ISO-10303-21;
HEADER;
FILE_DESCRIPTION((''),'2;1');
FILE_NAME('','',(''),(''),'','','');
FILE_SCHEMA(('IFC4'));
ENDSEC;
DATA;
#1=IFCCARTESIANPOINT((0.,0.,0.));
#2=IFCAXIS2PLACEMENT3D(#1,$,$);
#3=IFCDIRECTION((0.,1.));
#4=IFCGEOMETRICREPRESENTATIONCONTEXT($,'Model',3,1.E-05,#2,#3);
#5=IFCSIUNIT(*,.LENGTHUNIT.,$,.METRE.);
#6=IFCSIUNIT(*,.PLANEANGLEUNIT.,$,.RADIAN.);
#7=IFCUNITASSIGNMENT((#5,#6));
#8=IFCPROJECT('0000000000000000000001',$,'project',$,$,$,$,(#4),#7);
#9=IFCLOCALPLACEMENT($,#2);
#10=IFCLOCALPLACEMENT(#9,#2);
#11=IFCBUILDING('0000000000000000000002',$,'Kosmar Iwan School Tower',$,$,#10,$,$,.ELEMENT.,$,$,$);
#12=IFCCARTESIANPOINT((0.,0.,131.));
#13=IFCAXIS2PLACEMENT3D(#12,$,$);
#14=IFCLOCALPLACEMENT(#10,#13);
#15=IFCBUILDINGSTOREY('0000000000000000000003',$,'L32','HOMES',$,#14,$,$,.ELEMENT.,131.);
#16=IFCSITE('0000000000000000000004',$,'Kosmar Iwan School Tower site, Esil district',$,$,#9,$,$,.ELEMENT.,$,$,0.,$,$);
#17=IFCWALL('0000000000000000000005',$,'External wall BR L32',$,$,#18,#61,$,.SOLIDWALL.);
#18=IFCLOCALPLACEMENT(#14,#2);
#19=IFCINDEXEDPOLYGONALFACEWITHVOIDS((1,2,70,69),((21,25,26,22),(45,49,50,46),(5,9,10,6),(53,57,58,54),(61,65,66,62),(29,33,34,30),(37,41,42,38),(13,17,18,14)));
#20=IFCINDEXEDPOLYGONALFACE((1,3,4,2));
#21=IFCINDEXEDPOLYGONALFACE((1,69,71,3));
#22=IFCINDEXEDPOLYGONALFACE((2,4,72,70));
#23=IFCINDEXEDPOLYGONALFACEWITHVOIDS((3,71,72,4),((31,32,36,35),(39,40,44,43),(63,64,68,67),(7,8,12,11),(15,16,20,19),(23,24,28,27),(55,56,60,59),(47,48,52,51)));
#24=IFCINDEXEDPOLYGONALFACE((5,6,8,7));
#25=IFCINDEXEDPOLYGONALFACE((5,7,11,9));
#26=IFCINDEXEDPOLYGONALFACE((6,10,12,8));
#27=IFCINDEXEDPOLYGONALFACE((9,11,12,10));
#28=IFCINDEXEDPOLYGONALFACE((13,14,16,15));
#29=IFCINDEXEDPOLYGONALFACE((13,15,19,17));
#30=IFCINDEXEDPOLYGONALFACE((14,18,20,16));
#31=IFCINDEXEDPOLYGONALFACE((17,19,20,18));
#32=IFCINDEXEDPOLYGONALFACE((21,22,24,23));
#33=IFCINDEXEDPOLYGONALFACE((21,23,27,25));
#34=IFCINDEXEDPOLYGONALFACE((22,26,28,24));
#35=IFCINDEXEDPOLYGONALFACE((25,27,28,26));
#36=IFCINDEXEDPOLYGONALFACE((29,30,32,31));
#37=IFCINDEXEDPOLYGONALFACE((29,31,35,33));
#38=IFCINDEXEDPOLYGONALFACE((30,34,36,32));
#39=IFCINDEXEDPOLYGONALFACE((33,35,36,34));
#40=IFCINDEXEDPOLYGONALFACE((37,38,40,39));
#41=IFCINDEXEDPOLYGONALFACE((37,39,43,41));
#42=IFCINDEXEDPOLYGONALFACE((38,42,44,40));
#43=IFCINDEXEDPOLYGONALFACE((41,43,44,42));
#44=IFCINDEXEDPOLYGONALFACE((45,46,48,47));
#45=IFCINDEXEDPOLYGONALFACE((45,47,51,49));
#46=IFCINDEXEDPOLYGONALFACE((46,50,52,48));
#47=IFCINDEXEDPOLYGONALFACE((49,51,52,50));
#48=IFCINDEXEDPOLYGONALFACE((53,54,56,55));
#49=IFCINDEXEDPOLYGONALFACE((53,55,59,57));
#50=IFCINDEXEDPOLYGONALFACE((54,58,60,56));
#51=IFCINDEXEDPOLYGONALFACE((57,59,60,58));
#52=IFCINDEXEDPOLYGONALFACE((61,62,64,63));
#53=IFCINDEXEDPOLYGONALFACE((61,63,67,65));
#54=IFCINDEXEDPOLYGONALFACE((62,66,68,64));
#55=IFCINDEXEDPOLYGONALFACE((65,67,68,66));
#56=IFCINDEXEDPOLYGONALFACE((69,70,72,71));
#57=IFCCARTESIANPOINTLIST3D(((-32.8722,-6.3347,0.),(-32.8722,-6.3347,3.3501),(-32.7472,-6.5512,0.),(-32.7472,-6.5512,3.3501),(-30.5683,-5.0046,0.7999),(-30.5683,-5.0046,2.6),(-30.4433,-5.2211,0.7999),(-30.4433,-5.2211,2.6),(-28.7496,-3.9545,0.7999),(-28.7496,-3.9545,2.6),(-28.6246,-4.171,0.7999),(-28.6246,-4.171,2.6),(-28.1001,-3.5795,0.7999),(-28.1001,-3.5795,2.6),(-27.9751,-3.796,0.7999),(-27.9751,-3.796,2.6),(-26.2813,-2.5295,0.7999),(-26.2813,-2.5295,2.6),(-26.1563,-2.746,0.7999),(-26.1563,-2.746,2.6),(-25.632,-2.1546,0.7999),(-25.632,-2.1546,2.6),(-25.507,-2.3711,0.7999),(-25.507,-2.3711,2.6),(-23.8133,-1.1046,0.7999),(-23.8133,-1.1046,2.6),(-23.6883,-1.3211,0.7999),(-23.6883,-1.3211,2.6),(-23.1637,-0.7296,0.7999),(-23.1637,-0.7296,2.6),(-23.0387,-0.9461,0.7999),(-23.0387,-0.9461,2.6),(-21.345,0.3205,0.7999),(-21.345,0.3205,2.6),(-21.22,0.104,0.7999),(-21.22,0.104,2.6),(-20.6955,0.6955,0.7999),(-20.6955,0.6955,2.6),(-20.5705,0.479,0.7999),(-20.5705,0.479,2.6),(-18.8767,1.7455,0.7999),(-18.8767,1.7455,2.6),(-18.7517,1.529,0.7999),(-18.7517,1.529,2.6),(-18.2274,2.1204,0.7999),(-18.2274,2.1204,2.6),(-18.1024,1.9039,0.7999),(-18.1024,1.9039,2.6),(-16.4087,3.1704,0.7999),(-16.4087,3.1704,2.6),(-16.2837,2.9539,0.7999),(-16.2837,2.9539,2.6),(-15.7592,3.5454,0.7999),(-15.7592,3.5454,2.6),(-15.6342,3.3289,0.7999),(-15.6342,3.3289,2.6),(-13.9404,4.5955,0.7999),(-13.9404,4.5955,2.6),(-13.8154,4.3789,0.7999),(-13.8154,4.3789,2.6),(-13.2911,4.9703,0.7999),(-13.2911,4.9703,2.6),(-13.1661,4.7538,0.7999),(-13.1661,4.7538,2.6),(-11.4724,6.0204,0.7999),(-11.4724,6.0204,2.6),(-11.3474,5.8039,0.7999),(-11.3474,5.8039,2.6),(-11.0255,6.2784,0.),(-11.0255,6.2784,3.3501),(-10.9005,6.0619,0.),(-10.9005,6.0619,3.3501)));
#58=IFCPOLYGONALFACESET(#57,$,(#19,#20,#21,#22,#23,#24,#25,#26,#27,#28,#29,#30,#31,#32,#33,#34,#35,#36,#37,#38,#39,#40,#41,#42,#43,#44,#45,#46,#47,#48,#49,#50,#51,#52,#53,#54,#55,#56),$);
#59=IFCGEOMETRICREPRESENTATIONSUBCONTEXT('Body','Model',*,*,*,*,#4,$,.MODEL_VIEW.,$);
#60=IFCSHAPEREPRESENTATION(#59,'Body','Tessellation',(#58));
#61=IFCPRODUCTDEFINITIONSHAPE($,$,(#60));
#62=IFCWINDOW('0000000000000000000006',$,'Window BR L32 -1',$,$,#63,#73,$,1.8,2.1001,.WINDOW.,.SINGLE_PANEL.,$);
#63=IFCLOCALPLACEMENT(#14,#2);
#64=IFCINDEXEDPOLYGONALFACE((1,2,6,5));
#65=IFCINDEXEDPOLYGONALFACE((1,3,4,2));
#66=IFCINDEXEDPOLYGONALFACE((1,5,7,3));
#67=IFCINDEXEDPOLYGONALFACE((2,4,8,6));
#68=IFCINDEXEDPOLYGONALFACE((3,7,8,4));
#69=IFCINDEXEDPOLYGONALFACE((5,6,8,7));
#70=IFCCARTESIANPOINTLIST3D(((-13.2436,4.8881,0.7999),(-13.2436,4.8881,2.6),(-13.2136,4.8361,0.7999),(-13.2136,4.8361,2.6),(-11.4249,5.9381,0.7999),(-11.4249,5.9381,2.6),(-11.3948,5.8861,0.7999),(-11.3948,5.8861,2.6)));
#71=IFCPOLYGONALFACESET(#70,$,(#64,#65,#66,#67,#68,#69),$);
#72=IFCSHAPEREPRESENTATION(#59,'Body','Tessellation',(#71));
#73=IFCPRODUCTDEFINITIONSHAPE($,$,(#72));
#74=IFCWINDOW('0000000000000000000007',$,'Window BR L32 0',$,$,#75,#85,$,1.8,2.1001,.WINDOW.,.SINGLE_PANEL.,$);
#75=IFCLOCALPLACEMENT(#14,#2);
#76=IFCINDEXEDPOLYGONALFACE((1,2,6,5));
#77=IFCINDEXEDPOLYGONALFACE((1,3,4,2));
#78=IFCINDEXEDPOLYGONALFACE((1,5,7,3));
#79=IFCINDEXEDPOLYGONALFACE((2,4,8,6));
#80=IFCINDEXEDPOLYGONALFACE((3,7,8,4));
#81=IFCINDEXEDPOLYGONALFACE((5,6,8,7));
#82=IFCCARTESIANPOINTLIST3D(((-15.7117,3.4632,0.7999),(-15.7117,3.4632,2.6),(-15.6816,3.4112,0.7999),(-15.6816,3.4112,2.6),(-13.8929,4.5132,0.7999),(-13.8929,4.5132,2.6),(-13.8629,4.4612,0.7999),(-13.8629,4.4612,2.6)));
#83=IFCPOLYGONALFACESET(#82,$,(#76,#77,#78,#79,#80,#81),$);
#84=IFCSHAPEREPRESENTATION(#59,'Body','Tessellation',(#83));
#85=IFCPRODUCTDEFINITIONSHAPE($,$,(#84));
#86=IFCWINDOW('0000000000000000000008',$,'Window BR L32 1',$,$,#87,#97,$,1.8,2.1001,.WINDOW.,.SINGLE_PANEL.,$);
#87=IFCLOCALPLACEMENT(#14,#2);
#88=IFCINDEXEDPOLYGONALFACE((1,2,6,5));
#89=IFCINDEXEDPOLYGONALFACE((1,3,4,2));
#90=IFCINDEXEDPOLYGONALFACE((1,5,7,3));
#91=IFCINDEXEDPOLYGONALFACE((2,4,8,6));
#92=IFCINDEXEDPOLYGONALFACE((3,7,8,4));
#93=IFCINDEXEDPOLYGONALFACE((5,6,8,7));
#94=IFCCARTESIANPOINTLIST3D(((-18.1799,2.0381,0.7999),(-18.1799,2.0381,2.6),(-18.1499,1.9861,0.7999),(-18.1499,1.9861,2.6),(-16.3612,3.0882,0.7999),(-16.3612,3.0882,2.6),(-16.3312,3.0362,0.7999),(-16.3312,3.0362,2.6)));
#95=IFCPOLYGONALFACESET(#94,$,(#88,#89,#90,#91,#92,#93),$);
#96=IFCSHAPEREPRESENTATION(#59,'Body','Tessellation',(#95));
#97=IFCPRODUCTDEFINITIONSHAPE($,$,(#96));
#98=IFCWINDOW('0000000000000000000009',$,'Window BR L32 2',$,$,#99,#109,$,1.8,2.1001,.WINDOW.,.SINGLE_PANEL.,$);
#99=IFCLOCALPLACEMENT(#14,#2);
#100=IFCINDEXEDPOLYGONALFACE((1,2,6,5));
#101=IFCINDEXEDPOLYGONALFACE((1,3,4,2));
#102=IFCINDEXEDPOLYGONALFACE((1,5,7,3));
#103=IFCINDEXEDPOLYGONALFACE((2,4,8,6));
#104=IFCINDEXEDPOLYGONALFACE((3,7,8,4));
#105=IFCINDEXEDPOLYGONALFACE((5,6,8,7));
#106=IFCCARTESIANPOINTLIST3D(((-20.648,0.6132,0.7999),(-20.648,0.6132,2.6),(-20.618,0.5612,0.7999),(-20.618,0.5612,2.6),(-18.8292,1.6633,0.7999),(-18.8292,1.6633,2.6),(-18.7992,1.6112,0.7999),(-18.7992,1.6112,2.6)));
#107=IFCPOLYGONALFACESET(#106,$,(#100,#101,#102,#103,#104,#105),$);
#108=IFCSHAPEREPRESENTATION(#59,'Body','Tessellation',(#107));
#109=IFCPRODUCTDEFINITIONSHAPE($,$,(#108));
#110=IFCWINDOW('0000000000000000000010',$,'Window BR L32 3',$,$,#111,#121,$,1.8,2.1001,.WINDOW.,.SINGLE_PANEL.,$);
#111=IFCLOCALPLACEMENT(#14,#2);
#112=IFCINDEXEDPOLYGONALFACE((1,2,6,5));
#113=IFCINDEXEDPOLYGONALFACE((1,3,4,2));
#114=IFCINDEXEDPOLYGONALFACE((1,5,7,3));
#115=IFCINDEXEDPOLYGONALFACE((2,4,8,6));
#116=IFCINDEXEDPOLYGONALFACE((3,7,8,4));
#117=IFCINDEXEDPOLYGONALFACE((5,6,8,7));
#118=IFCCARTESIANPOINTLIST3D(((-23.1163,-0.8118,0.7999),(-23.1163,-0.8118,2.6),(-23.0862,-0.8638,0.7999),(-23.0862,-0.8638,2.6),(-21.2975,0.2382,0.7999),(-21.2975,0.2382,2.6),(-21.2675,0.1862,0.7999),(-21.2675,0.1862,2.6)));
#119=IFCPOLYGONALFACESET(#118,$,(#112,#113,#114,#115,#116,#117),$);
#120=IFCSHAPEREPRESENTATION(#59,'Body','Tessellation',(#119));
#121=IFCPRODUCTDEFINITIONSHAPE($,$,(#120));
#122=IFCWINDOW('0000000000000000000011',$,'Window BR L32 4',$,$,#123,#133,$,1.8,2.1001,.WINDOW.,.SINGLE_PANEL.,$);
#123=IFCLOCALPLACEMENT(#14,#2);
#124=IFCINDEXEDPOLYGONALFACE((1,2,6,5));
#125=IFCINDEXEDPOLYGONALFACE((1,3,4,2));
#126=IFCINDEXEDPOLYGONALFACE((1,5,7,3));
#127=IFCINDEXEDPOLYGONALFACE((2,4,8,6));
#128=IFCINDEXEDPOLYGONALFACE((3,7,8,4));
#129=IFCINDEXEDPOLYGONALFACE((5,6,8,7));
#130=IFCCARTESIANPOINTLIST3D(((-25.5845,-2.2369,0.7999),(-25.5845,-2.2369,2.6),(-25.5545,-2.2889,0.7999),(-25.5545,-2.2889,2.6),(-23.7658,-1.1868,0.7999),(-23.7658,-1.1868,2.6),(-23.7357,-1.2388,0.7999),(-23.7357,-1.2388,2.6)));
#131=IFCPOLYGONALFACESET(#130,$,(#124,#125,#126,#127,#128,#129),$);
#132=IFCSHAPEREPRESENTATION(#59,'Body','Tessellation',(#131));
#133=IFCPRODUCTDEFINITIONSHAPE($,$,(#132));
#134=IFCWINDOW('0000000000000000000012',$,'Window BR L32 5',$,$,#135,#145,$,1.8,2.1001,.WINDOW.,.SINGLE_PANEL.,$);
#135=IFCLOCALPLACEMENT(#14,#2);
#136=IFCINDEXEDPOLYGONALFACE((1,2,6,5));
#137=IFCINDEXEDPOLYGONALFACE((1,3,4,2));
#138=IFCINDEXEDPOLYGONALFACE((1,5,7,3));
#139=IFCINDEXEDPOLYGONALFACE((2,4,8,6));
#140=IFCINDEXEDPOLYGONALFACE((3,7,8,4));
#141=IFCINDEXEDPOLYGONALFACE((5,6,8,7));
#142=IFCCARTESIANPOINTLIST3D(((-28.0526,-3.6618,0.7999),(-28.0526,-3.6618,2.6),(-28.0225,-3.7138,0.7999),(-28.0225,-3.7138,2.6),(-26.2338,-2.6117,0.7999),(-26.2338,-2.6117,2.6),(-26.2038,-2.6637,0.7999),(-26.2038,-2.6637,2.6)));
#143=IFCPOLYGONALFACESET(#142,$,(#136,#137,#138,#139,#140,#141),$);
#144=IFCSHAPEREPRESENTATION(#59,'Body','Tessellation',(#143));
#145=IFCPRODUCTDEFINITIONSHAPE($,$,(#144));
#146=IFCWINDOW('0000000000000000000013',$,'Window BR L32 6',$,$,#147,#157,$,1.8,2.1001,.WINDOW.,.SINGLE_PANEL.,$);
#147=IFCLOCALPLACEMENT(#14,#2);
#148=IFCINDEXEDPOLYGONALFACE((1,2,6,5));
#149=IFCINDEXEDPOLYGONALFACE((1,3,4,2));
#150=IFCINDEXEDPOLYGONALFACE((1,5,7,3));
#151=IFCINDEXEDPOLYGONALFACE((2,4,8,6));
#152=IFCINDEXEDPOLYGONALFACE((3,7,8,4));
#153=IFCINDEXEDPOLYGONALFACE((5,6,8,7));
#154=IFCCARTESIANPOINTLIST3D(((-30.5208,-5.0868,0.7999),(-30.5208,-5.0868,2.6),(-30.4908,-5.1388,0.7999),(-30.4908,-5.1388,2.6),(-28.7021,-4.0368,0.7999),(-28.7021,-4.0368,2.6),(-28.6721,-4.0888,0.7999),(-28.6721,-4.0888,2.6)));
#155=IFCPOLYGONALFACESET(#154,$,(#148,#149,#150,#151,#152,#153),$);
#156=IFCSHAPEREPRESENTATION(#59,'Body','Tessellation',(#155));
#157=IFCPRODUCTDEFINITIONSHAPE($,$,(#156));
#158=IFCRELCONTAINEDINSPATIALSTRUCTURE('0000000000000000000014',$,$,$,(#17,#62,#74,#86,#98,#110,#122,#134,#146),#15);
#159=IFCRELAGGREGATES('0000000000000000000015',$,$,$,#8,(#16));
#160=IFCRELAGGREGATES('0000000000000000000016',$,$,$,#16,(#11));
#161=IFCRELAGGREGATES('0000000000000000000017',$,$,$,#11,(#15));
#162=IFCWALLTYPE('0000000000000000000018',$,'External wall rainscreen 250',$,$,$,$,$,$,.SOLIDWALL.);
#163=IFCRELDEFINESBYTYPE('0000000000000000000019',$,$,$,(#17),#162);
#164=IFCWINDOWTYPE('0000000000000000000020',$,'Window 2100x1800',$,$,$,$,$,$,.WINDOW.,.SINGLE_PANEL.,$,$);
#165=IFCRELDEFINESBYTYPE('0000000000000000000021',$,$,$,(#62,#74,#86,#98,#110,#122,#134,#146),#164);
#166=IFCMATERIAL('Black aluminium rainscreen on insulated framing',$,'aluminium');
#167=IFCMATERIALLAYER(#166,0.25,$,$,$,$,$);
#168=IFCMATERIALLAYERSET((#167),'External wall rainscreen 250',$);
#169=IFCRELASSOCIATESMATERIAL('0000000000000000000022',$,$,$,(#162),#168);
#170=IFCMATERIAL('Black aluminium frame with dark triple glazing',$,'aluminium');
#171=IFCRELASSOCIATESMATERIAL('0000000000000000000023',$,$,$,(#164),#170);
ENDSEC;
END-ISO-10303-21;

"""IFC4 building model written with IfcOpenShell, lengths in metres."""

from ifc_helpers import new_model, si_unit, direction, frame, frame_2d, origin, place, context, subcontext, project, spatial, rectangle, extrude, material, layer, layer_set, type_object, element, fill, save


model = new_model("IFC4")

# Units and contexts
model_context = context("Model", 3, precision=1e-05, world=origin(), true_north=direction((0.0, 1.0)))
body_context = subcontext(model_context, "Body", "Model", "MODEL_VIEW")
ifc_project = project(units=[si_unit("LENGTHUNIT", "METRE"), si_unit("PLANEANGLEUNIT", "RADIAN")], contexts=[model_context])

# Site, building, storey
site_placement = place(None, origin())
site = spatial("IfcSite", under=ifc_project, at=site_placement, Name="Kosmar Iwan School Tower site, Esil district", CompositionType="ELEMENT", RefElevation=0.0)
building_placement = place(site_placement, origin())
building = spatial("IfcBuilding", under=site, at=building_placement, Name="Kosmar Iwan School Tower", CompositionType="ELEMENT")
storey_placement = place(building_placement, frame((0.0, 0.0, 131.0)))
storey = spatial("IfcBuildingStorey", under=building, at=storey_placement, Name="L32", Description="HOMES", CompositionType="ELEMENT", Elevation=131.0)

# Wall, openings, windows
ifc_material_1 = material(Name="Black aluminium rainscreen on insulated framing", Category="aluminium")
ifc_layer_1 = layer(ifc_material_1, 0.25)
ifc_layer_set_1 = layer_set([ifc_layer_1], Name="External wall rainscreen 250")
wall_type_1 = type_object("IfcWallType", Name="External wall rainscreen 250", PredefinedType="SOLIDWALL", material=ifc_layer_set_1)
ifc_material_2 = material(Name="Black aluminium frame with dark triple glazing", Category="aluminium")
window_type = type_object("IfcWindowType", Name="Window 2100x1800", PartitioningType="SINGLE_PANEL", PredefinedType="WINDOW", material=ifc_material_2)
wall_1_placement = place(storey_placement, frame((-10.9629, 6.1702, 0.0), z_axis=(0.0, 0.0, 1.0), x_axis=(-0.866028, -0.499996, 0.0)))
wall_1 = element("IfcWall", 1, at=wall_1_placement, inside=storey, type_object=wall_type_1, Name="External wall BR L32", PredefinedType="SOLIDWALL", context=body_context, shape_type="SweptSolid", body=[
    extrude(rectangle(XDim=25.2263, YDim=0.25, at=frame_2d((12.6133, 0.0))), origin(), (0.0, 0.0, 1.0), 3.3501),
])
opening_1_placement = place(wall_1_placement, frame((0.5161, 0.0, 0.8)))
opening_1 = element("IfcOpeningElement", 2, at=opening_1_placement, cuts=wall_1, PredefinedType="OPENING", context=body_context, shape_type="SweptSolid", body=[
    extrude(rectangle(XDim=2.1001, YDim=1.8, at=frame_2d((1.05, 0.8999))), frame((0.0, 0.137, 0.0), z_axis=(0.0, -1.0, 0.0), x_axis=(1.0, 0.0, 0.0)), (0.0, 0.0, 1.0), 0.2739),
])
opening_2_placement = place(wall_1_placement, frame((3.366, 0.0, 0.8)))
opening_2 = element("IfcOpeningElement", 3, at=opening_2_placement, cuts=wall_1, PredefinedType="OPENING", context=body_context, shape_type="SweptSolid", body=[
    extrude(rectangle(XDim=2.1001, YDim=1.8, at=frame_2d((1.05, 0.8999))), frame((0.0, 0.137, 0.0), z_axis=(0.0, -1.0, 0.0), x_axis=(1.0, 0.0, 0.0)), (0.0, 0.0, 1.0), 0.2739),
])
opening_3_placement = place(wall_1_placement, frame((6.2161, 0.0, 0.8)))
opening_3 = element("IfcOpeningElement", 4, at=opening_3_placement, cuts=wall_1, PredefinedType="OPENING", context=body_context, shape_type="SweptSolid", body=[
    extrude(rectangle(XDim=2.1001, YDim=1.8, at=frame_2d((1.05, 0.8999))), frame((0.0, 0.137, 0.0), z_axis=(0.0, -1.0, 0.0), x_axis=(1.0, 0.0, 0.0)), (0.0, 0.0, 1.0), 0.2739),
])
opening_4_placement = place(wall_1_placement, frame((9.0659, 0.0, 0.8)))
opening_4 = element("IfcOpeningElement", 5, at=opening_4_placement, cuts=wall_1, PredefinedType="OPENING", context=body_context, shape_type="SweptSolid", body=[
    extrude(rectangle(XDim=2.1001, YDim=1.8, at=frame_2d((1.05, 0.8999))), frame((0.0, 0.137, 0.0), z_axis=(0.0, -1.0, 0.0), x_axis=(1.0, 0.0, 0.0)), (0.0, 0.0, 1.0), 0.2739),
])
opening_5_placement = place(wall_1_placement, frame((11.916, 0.0, 0.8)))
opening_5 = element("IfcOpeningElement", 6, at=opening_5_placement, cuts=wall_1, PredefinedType="OPENING", context=body_context, shape_type="SweptSolid", body=[
    extrude(rectangle(XDim=2.1001, YDim=1.8, at=frame_2d((1.05, 0.8999))), frame((0.0, 0.137, 0.0), z_axis=(0.0, -1.0, 0.0), x_axis=(1.0, 0.0, 0.0)), (0.0, 0.0, 1.0), 0.2739),
])
opening_6_placement = place(wall_1_placement, frame((14.7661, 0.0, 0.8)))
opening_6 = element("IfcOpeningElement", 7, at=opening_6_placement, cuts=wall_1, PredefinedType="OPENING", context=body_context, shape_type="SweptSolid", body=[
    extrude(rectangle(XDim=2.1001, YDim=1.8, at=frame_2d((1.05, 0.8999))), frame((0.0, 0.137, 0.0), z_axis=(0.0, -1.0, 0.0), x_axis=(1.0, 0.0, 0.0)), (0.0, 0.0, 1.0), 0.2739),
])
opening_7_placement = place(wall_1_placement, frame((17.616, 0.0, 0.8)))
opening_7 = element("IfcOpeningElement", 8, at=opening_7_placement, cuts=wall_1, PredefinedType="OPENING", context=body_context, shape_type="SweptSolid", body=[
    extrude(rectangle(XDim=2.1001, YDim=1.8, at=frame_2d((1.05, 0.8999))), frame((0.0, 0.137, 0.0), z_axis=(0.0, -1.0, 0.0), x_axis=(1.0, 0.0, 0.0)), (0.0, 0.0, 1.0), 0.2739),
])
opening_8_placement = place(wall_1_placement, frame((20.4661, 0.0, 0.8)))
opening_8 = element("IfcOpeningElement", 9, at=opening_8_placement, cuts=wall_1, PredefinedType="OPENING", context=body_context, shape_type="SweptSolid", body=[
    extrude(rectangle(XDim=2.1001, YDim=1.8, at=frame_2d((1.05, 0.8999))), frame((0.0, 0.137, 0.0), z_axis=(0.0, -1.0, 0.0), x_axis=(1.0, 0.0, 0.0)), (0.0, 0.0, 1.0), 0.2739),
])
window_1_placement = place(opening_1_placement, origin())
window_1 = element("IfcWindow", 10, at=window_1_placement, inside=storey, type_object=window_type, Name="Window BR L32 -1", OverallHeight=1.8, OverallWidth=2.1001, PartitioningType="SINGLE_PANEL", PredefinedType="WINDOW", context=body_context, shape_type="SweptSolid", body=[
    extrude(rectangle(XDim=2.1001, YDim=1.8, at=frame_2d((1.05, 0.8999))), frame((0.0, 0.03, 0.0), z_axis=(0.0, -1.0, 0.0), x_axis=(1.0, 0.0, 0.0)), (0.0, 0.0, 1.0), 0.0601),
])
fill(opening_1, window_1)
window_2_placement = place(opening_2_placement, origin())
window_2 = element("IfcWindow", 11, at=window_2_placement, inside=storey, type_object=window_type, Name="Window BR L32 0", OverallHeight=1.8, OverallWidth=2.1001, PartitioningType="SINGLE_PANEL", PredefinedType="WINDOW", context=body_context, shape_type="SweptSolid", body=[
    extrude(rectangle(XDim=2.1001, YDim=1.8, at=frame_2d((1.05, 0.8999))), frame((0.0, 0.03, 0.0), z_axis=(0.0, -1.0, 0.0), x_axis=(1.0, 0.0, 0.0)), (0.0, 0.0, 1.0), 0.0601),
])
fill(opening_2, window_2)
window_3_placement = place(opening_3_placement, origin())
window_3 = element("IfcWindow", 12, at=window_3_placement, inside=storey, type_object=window_type, Name="Window BR L32 1", OverallHeight=1.8, OverallWidth=2.1001, PartitioningType="SINGLE_PANEL", PredefinedType="WINDOW", context=body_context, shape_type="SweptSolid", body=[
    extrude(rectangle(XDim=2.1001, YDim=1.8, at=frame_2d((1.05, 0.8999))), frame((0.0, 0.03, 0.0), z_axis=(0.0, -1.0, 0.0), x_axis=(1.0, 0.0, 0.0)), (0.0, 0.0, 1.0), 0.0601),
])
fill(opening_3, window_3)
window_4_placement = place(opening_4_placement, origin())
window_4 = element("IfcWindow", 13, at=window_4_placement, inside=storey, type_object=window_type, Name="Window BR L32 2", OverallHeight=1.8, OverallWidth=2.1001, PartitioningType="SINGLE_PANEL", PredefinedType="WINDOW", context=body_context, shape_type="SweptSolid", body=[
    extrude(rectangle(XDim=2.1001, YDim=1.8, at=frame_2d((1.05, 0.8999))), frame((0.0, 0.03, 0.0), z_axis=(0.0, -1.0, 0.0), x_axis=(1.0, 0.0, 0.0)), (0.0, 0.0, 1.0), 0.0601),
])
fill(opening_4, window_4)
window_5_placement = place(opening_5_placement, origin())
window_5 = element("IfcWindow", 14, at=window_5_placement, inside=storey, type_object=window_type, Name="Window BR L32 3", OverallHeight=1.8, OverallWidth=2.1001, PartitioningType="SINGLE_PANEL", PredefinedType="WINDOW", context=body_context, shape_type="SweptSolid", body=[
    extrude(rectangle(XDim=2.1001, YDim=1.8, at=frame_2d((1.05, 0.8999))), frame((0.0, 0.03, 0.0), z_axis=(0.0, -1.0, 0.0), x_axis=(1.0, 0.0, 0.0)), (0.0, 0.0, 1.0), 0.0601),
])
fill(opening_5, window_5)
window_6_placement = place(opening_6_placement, origin())
window_6 = element("IfcWindow", 15, at=window_6_placement, inside=storey, type_object=window_type, Name="Window BR L32 4", OverallHeight=1.8, OverallWidth=2.1001, PartitioningType="SINGLE_PANEL", PredefinedType="WINDOW", context=body_context, shape_type="SweptSolid", body=[
    extrude(rectangle(XDim=2.1001, YDim=1.8, at=frame_2d((1.05, 0.8999))), frame((0.0, 0.03, 0.0), z_axis=(0.0, -1.0, 0.0), x_axis=(1.0, 0.0, 0.0)), (0.0, 0.0, 1.0), 0.0601),
])
fill(opening_6, window_6)
window_7_placement = place(opening_7_placement, origin())
window_7 = element("IfcWindow", 16, at=window_7_placement, inside=storey, type_object=window_type, Name="Window BR L32 5", OverallHeight=1.8, OverallWidth=2.1001, PartitioningType="SINGLE_PANEL", PredefinedType="WINDOW", context=body_context, shape_type="SweptSolid", body=[
    extrude(rectangle(XDim=2.1001, YDim=1.8, at=frame_2d((1.05, 0.8999))), frame((0.0, 0.03, 0.0), z_axis=(0.0, -1.0, 0.0), x_axis=(1.0, 0.0, 0.0)), (0.0, 0.0, 1.0), 0.0601),
])
fill(opening_7, window_7)
window_8_placement = place(opening_8_placement, origin())
window_8 = element("IfcWindow", 17, at=window_8_placement, inside=storey, type_object=window_type, Name="Window BR L32 6", OverallHeight=1.8, OverallWidth=2.1001, PartitioningType="SINGLE_PANEL", PredefinedType="WINDOW", context=body_context, shape_type="SweptSolid", body=[
    extrude(rectangle(XDim=2.1001, YDim=1.8, at=frame_2d((1.05, 0.8999))), frame((0.0, 0.03, 0.0), z_axis=(0.0, -1.0, 0.0), x_axis=(1.0, 0.0, 0.0)), (0.0, 0.0, 1.0), 0.0601),
])
fill(opening_8, window_8)

save(model, "model.ifc")
